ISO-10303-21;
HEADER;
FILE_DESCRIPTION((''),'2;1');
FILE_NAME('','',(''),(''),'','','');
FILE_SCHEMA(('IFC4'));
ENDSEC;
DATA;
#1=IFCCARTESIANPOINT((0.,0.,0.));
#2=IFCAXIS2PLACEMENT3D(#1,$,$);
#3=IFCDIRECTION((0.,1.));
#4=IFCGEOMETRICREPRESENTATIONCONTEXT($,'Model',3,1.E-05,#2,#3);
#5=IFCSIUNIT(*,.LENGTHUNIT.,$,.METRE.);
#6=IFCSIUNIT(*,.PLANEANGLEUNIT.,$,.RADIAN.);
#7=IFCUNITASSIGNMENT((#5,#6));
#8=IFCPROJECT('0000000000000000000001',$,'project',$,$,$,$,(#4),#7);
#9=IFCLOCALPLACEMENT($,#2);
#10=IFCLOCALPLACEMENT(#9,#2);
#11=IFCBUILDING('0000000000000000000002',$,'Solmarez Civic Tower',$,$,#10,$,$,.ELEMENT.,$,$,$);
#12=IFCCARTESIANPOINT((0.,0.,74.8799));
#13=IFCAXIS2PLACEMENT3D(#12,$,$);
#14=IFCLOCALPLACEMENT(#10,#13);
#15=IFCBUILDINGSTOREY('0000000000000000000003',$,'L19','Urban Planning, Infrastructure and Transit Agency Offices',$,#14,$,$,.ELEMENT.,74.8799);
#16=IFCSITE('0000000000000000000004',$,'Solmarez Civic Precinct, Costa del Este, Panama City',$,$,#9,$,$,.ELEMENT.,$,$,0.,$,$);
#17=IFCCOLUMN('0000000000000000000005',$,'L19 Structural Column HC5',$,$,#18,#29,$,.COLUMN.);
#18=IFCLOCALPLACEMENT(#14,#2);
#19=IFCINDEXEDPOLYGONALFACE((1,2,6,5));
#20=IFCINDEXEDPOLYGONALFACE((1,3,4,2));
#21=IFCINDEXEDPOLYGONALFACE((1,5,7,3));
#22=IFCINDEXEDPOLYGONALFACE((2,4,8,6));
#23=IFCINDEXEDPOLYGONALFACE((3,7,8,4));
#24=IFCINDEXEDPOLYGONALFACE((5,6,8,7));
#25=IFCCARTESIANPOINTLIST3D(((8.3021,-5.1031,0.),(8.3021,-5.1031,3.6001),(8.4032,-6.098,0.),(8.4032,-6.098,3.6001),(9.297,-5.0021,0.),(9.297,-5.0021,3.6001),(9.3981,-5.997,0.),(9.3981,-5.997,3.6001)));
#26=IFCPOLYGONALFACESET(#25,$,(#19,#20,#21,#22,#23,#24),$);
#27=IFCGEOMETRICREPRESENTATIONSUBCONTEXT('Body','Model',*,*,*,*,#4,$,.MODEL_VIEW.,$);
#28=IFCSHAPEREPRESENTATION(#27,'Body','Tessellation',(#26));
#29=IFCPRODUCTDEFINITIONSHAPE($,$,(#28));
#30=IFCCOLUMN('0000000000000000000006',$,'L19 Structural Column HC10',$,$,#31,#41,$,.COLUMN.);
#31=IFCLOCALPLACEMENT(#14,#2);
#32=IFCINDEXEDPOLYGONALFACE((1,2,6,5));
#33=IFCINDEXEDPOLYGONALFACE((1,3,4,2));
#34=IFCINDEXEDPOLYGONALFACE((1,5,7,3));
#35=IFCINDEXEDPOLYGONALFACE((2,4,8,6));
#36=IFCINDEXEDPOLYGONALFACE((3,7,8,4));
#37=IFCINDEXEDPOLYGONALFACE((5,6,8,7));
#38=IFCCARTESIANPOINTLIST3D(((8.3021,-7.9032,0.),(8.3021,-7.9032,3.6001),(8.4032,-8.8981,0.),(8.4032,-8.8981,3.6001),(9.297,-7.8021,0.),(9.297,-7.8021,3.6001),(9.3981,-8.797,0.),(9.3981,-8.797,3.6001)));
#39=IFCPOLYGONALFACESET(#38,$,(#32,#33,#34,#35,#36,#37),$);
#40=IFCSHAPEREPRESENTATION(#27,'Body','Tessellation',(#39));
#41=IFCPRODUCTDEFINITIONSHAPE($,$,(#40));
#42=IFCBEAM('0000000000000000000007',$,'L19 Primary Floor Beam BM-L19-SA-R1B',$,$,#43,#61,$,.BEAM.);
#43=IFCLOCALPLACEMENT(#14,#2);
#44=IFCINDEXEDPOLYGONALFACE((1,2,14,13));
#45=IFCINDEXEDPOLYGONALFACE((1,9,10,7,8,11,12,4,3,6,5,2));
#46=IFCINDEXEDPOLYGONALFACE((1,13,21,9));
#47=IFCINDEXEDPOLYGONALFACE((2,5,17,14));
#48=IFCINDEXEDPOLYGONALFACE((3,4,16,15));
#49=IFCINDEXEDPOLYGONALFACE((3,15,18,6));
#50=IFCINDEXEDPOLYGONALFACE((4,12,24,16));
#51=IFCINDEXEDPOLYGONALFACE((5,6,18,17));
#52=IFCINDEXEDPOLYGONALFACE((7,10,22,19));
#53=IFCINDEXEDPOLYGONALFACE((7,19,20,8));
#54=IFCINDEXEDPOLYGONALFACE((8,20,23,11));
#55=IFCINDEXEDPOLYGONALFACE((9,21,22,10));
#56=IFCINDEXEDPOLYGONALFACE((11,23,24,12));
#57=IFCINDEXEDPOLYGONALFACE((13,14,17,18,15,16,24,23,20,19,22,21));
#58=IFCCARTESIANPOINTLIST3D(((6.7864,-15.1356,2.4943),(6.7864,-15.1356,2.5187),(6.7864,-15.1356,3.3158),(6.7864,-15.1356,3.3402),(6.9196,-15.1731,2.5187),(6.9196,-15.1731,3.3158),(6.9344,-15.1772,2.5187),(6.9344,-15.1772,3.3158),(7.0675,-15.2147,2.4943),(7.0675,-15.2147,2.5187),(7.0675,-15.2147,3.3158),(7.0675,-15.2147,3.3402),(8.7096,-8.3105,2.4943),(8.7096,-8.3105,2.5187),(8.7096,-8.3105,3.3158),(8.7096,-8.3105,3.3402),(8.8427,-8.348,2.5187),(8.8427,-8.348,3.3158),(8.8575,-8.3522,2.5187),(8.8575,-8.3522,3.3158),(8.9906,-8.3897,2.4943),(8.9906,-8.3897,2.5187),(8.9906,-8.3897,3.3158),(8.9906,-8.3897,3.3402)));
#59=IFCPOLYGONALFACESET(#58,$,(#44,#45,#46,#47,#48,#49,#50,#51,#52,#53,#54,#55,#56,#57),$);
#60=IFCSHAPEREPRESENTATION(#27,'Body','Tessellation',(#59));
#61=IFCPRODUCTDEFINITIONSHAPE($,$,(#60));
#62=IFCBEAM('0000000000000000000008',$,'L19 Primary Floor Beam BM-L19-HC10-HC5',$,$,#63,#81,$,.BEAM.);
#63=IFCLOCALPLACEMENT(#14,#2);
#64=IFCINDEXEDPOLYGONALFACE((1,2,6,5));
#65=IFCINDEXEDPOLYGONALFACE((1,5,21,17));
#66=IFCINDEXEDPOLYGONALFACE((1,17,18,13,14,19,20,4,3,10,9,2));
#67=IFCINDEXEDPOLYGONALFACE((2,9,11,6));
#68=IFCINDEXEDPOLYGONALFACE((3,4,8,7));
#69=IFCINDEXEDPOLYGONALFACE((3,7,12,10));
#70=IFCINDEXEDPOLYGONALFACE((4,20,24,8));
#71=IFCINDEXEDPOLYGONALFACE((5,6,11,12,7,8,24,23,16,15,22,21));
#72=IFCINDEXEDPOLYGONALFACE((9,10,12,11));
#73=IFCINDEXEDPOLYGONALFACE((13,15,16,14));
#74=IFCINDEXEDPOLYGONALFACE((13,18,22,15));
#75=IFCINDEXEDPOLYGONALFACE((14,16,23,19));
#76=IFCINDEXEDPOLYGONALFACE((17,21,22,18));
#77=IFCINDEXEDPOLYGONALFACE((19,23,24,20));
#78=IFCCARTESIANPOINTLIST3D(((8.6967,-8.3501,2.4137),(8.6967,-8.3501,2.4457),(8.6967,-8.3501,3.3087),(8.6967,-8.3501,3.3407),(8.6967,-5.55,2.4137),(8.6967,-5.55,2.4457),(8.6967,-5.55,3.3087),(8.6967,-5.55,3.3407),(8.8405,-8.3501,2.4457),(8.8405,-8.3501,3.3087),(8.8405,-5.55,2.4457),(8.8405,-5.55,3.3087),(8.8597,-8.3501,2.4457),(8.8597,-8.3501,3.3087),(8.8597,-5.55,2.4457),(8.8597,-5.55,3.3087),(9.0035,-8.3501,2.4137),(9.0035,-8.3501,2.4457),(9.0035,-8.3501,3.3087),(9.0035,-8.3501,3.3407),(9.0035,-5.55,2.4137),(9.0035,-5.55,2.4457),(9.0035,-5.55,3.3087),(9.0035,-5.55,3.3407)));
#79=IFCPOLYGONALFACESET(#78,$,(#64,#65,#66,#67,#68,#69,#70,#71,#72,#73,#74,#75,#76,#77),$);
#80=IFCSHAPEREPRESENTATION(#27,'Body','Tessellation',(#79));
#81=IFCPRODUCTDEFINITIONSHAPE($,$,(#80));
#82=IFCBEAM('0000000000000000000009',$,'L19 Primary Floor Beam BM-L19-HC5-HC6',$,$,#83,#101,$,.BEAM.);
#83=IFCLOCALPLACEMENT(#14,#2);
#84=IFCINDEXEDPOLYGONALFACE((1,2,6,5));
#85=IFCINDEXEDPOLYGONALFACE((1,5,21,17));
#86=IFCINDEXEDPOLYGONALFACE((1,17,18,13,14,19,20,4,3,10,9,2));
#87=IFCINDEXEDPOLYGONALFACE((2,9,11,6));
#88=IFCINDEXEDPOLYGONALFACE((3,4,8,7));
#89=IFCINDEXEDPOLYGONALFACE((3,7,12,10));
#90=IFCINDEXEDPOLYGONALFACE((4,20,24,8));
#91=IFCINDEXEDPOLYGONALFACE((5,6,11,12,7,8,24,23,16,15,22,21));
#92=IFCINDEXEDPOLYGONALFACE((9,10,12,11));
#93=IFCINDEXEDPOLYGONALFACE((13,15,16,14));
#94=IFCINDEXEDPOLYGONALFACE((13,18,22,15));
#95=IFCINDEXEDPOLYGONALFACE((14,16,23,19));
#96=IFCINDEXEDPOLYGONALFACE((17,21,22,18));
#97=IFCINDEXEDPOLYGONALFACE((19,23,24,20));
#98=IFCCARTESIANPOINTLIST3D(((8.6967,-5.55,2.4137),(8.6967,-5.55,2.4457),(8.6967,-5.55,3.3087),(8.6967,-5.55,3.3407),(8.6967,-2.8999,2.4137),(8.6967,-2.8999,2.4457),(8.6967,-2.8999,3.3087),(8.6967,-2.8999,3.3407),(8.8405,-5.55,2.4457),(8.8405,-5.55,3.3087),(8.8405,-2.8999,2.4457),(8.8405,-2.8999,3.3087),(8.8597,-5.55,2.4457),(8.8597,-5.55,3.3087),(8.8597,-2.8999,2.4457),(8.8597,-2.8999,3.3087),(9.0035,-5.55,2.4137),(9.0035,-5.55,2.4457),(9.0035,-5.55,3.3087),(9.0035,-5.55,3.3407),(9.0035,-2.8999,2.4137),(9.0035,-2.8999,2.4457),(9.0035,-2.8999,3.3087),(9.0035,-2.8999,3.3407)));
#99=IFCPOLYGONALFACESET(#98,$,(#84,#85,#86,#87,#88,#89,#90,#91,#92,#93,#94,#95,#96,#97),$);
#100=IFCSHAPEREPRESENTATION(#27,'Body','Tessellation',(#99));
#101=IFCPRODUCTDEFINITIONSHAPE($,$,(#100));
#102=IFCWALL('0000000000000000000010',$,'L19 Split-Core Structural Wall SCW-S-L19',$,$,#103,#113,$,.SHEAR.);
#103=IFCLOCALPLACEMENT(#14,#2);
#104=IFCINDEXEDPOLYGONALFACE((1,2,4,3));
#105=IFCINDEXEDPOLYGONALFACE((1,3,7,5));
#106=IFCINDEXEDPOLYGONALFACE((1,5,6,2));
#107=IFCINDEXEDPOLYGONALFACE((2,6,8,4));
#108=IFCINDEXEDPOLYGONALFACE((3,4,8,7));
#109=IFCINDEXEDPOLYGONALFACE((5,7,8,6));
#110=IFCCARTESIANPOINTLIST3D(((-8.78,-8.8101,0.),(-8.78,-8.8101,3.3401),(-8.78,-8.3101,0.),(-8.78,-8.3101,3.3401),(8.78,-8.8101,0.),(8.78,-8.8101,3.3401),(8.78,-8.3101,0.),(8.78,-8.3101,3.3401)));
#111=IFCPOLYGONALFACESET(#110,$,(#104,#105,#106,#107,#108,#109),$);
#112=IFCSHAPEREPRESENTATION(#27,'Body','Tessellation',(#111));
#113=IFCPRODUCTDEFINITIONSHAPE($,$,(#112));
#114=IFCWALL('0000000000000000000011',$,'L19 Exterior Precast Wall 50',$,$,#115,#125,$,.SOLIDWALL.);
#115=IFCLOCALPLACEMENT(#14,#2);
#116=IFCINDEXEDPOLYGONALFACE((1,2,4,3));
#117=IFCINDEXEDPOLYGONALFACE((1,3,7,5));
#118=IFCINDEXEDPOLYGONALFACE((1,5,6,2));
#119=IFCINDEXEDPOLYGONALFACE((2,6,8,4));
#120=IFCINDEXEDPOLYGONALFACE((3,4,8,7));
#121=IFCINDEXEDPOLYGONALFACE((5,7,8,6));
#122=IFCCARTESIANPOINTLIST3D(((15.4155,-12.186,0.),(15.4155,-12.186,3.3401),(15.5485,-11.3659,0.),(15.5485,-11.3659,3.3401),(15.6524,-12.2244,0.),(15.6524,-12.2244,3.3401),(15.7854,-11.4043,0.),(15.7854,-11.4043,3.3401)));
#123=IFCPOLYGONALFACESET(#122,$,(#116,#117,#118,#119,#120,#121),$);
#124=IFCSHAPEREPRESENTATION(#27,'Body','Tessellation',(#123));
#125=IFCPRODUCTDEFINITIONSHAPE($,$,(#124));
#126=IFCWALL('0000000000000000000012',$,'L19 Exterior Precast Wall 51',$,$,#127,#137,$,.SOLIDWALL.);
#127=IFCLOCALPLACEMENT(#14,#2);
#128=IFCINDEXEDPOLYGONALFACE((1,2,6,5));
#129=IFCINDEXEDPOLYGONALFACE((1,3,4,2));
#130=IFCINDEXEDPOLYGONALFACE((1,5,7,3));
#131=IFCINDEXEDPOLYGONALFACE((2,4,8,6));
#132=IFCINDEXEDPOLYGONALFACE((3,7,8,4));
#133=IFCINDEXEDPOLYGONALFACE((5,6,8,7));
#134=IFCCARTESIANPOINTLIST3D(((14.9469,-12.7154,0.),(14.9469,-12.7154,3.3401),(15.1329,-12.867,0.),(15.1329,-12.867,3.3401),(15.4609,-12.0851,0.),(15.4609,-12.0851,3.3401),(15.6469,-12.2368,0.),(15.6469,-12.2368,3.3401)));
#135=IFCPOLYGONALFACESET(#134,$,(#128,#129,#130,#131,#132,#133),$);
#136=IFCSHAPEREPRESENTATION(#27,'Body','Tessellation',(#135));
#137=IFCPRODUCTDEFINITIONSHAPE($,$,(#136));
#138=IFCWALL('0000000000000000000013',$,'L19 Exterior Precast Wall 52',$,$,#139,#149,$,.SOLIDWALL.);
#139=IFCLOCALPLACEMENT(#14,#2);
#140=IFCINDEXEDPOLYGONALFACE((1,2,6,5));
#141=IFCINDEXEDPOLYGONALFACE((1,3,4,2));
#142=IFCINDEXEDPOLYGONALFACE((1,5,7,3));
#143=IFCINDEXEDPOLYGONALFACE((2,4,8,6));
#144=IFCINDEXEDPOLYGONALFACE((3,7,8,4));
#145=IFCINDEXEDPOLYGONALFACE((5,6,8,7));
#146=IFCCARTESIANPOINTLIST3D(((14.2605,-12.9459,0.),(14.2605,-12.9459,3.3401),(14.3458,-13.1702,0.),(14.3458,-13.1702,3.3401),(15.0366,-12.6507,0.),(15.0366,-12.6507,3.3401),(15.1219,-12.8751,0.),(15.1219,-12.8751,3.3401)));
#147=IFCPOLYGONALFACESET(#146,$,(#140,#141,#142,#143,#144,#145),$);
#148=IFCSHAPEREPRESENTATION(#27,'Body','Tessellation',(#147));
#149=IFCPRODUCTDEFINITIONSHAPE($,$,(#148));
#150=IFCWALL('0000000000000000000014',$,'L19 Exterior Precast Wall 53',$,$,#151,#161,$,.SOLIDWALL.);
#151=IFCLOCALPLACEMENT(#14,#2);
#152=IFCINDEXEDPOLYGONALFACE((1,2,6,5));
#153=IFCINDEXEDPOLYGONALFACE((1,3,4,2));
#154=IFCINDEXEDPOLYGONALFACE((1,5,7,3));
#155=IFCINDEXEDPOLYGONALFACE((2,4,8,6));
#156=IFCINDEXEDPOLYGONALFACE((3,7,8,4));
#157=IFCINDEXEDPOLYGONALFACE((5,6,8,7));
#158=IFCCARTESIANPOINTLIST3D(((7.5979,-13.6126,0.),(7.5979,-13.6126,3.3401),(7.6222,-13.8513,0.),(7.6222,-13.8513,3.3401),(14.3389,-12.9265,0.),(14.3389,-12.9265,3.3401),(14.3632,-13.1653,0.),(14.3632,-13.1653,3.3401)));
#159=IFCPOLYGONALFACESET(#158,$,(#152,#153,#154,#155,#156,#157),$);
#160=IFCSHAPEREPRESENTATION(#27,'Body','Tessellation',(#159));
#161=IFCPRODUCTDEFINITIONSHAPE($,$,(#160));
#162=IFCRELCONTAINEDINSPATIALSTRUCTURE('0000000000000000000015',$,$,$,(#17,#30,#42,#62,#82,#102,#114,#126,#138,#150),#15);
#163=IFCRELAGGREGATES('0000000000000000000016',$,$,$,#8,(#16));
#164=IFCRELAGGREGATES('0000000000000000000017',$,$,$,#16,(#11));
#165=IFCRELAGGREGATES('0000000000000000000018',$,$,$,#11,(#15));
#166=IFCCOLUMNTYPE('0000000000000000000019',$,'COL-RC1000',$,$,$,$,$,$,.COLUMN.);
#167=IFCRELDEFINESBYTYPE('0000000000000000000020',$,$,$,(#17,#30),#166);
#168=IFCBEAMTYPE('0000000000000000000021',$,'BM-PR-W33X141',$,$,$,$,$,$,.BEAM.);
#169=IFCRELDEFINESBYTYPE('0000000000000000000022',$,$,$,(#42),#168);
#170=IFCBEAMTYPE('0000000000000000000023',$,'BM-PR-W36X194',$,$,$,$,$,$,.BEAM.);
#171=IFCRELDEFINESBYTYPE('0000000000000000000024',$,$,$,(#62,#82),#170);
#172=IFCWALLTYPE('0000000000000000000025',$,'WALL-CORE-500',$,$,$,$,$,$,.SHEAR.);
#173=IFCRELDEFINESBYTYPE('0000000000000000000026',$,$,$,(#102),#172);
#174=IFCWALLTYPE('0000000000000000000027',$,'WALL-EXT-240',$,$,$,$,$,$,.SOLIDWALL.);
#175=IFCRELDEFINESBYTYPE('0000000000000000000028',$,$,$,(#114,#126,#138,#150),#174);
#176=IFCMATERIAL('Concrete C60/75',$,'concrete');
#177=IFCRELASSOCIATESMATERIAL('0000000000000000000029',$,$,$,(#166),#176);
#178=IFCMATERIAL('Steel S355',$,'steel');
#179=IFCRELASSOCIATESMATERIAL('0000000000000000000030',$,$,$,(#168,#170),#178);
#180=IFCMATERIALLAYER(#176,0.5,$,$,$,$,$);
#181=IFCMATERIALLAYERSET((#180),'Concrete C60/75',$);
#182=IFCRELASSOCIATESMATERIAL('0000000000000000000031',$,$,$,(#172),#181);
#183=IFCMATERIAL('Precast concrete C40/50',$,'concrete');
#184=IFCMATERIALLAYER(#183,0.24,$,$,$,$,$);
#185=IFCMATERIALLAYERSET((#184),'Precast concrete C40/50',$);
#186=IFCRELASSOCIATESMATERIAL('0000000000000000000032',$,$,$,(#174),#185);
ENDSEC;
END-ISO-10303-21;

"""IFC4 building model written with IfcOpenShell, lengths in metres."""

from ifc_helpers import new_model, si_unit, direction, frame, frame_2d, origin, origin_2d, place, context, subcontext, project, spatial, rectangle, i_section, extrude, material, layer, layer_set, material_profile, profile_set, type_object, element, save


model = new_model("IFC4")

# Units and contexts
model_context = context("Model", 3, precision=1e-05, world=origin(), true_north=direction((0.0, 1.0)))
body_context = subcontext(model_context, "Body", "Model", "MODEL_VIEW")
ifc_project = project(units=[si_unit("LENGTHUNIT", "METRE"), si_unit("PLANEANGLEUNIT", "RADIAN")], contexts=[model_context])

# Site, building, storey
site_placement = place(None, origin())
site = spatial("IfcSite", under=ifc_project, at=site_placement, Name="Solmarez Civic Precinct, Costa del Este, Panama City", CompositionType="ELEMENT", RefElevation=0.0)
building_placement = place(site_placement, origin())
building = spatial("IfcBuilding", under=site, at=building_placement, Name="Solmarez Civic Tower", CompositionType="ELEMENT")
storey_placement = place(building_placement, frame((0.0, 0.0, 74.8799)))
storey = spatial("IfcBuildingStorey", under=building, at=storey_placement, Name="L19", Description="Urban Planning, Infrastructure and Transit Agency Offices", CompositionType="ELEMENT", Elevation=74.8799)

# Columns
ifc_material_1 = material(Name="Concrete C60/75", Category="concrete")
ifc_material_profile_1 = material_profile(ifc_material_1, rectangle(XDim=1.0, YDim=1.0, at=origin_2d()), Name="RC1000X1000")
ifc_profile_set_1 = profile_set([ifc_material_profile_1], Name="Concrete C60/75")
column_type = type_object("IfcColumnType", Name="COL-RC1000", PredefinedType="COLUMN", material=ifc_profile_set_1)
for number, where, z_axis, x_axis, name in (
    (1, (8.8501, -5.55, 0.0), (0.0, 0.0, 1.0), (0.994881, 0.101056, 0.0), "L19 Structural Column HC5"),
    (2, (8.8501, -8.3501, 0.0), (0.0, 0.0, 1.0), (0.994881, 0.101056, 0.0), "L19 Structural Column HC10"),
):
    element("IfcColumn", number, at=place(storey_placement, frame(where, z_axis=z_axis, x_axis=x_axis)), inside=storey, type_object=column_type, Name=name, PredefinedType="COLUMN", context=body_context, shape_type="SweptSolid", body=[
        extrude(rectangle(XDim=1.0, YDim=1.0, at=origin_2d()), origin(), (0.0, 0.0, 1.0), 3.6001),
    ])

# Beams
ifc_material_2 = material(Name="Steel S355", Category="steel")
ifc_material_profile_2 = material_profile(ifc_material_2, i_section(OverallWidth=0.292, OverallDepth=0.8459, WebThickness=0.0154, FlangeThickness=0.0244, at=origin_2d()), Name="W33X141")
ifc_profile_set_2 = profile_set([ifc_material_profile_2], Name="Steel S355")
beam_type_1 = type_object("IfcBeamType", Name="BM-PR-W33X141", PredefinedType="BEAM", material=ifc_profile_set_2)
beam_1_placement = place(storey_placement, frame((8.8501, -8.3501, 2.9172), z_axis=(-0.271213, -0.962519, 0.0), x_axis=(0.962519, -0.271213, 0.0)))
element("IfcBeam", 3, at=beam_1_placement, inside=storey, type_object=beam_type_1, Name="L19 Primary Floor Beam BM-L19-SA-R1B", PredefinedType="BEAM", context=body_context, shape_type="SweptSolid", body=[
    extrude(i_section(OverallWidth=0.292, OverallDepth=0.8459, WebThickness=0.0154, FlangeThickness=0.0244, at=origin_2d()), origin(), (0.0, 0.0, 1.0), 7.0908),
])
ifc_material_profile_3 = material_profile(ifc_material_2, i_section(OverallWidth=0.3069, OverallDepth=0.927, WebThickness=0.0193, FlangeThickness=0.032, at=origin_2d()), Name="W36X194")
ifc_profile_set_3 = profile_set([ifc_material_profile_3], Name="Steel S355")
beam_type_2 = type_object("IfcBeamType", Name="BM-PR-W36X194", PredefinedType="BEAM", material=ifc_profile_set_3)
beam_2_placement = place(storey_placement, frame((8.8501, -8.3501, 2.8772), z_axis=(0.0, 1.0, 0.0), x_axis=(-1.0, 0.0, 0.0)))
element("IfcBeam", 4, at=beam_2_placement, inside=storey, type_object=beam_type_2, Name="L19 Primary Floor Beam BM-L19-HC10-HC5", PredefinedType="BEAM", context=body_context, shape_type="SweptSolid", body=[
    extrude(i_section(OverallWidth=0.3069, OverallDepth=0.927, WebThickness=0.0193, FlangeThickness=0.032, at=origin_2d()), origin(), (0.0, 0.0, 1.0), 2.8),
])
beam_3_placement = place(storey_placement, frame((8.8501, -5.55, 2.8772), z_axis=(0.0, 1.0, 0.0), x_axis=(-1.0, 0.0, 0.0)))
element("IfcBeam", 5, at=beam_3_placement, inside=storey, type_object=beam_type_2, Name="L19 Primary Floor Beam BM-L19-HC5-HC6", PredefinedType="BEAM", context=body_context, shape_type="SweptSolid", body=[
    extrude(i_section(OverallWidth=0.3069, OverallDepth=0.927, WebThickness=0.0193, FlangeThickness=0.032, at=origin_2d()), origin(), (0.0, 0.0, 1.0), 2.6501),
])

# Walls
ifc_layer_1 = layer(ifc_material_1, 0.5)
ifc_layer_set_1 = layer_set([ifc_layer_1], Name="Concrete C60/75")
wall_type_1 = type_object("IfcWallType", Name="WALL-CORE-500", PredefinedType="SHEAR", material=ifc_layer_set_1)
wall_1_placement = place(storey_placement, frame((8.78, -8.5601, 0.0), z_axis=(0.0, 0.0, 1.0), x_axis=(-1.0, 0.0, 0.0)))
element("IfcWall", 6, at=wall_1_placement, inside=storey, type_object=wall_type_1, Name="L19 Split-Core Structural Wall SCW-S-L19", PredefinedType="SHEAR", context=body_context, shape_type="SweptSolid", body=[
    extrude(rectangle(XDim=17.5601, YDim=0.5, at=frame_2d((8.78, 0.0))), origin(), (0.0, 0.0, 1.0), 3.3401),
])
ifc_material_3 = material(Name="Precast concrete C40/50", Category="concrete")
ifc_layer_2 = layer(ifc_material_3, 0.24)
ifc_layer_set_2 = layer_set([ifc_layer_2], Name="Precast concrete C40/50")
wall_type_2 = type_object("IfcWallType", Name="WALL-EXT-240", PredefinedType="SOLIDWALL", material=ifc_layer_set_2)
wall_2_placement = place(storey_placement, frame((15.667, -11.385, 0.0), z_axis=(0.0, 0.0, 1.0), x_axis=(-0.160156, -0.987092, 0.0)))
element("IfcWall", 7, at=wall_2_placement, inside=storey, type_object=wall_type_2, Name="L19 Exterior Precast Wall 50", PredefinedType="SOLIDWALL", context=body_context, shape_type="SweptSolid", body=[
    extrude(rectangle(XDim=0.8308, YDim=0.24, at=frame_2d((0.4155, 0.0))), origin(), (0.0, 0.0, 1.0), 3.3401),
])
wall_3_placement = place(storey_placement, frame((15.554, -12.1609, 0.0), z_axis=(0.0, 0.0, 1.0), x_axis=(-0.632027, -0.774946, 0.0)))
element("IfcWall", 8, at=wall_3_placement, inside=storey, type_object=wall_type_2, Name="L19 Exterior Precast Wall 51", PredefinedType="SOLIDWALL", context=body_context, shape_type="SweptSolid", body=[
    extrude(rectangle(XDim=0.8132, YDim=0.24, at=frame_2d((0.4067, 0.0))), origin(), (0.0, 0.0, 1.0), 3.3401),
])
wall_4_placement = place(storey_placement, frame((15.0791, -12.7629, 0.0), z_axis=(0.0, 0.0, 1.0), x_axis=(-0.934688, -0.35547, 0.0)))
element("IfcWall", 9, at=wall_4_placement, inside=storey, type_object=wall_type_2, Name="L19 Exterior Precast Wall 52", PredefinedType="SOLIDWALL", context=body_context, shape_type="SweptSolid", body=[
    extrude(rectangle(XDim=0.8303, YDim=0.24, at=frame_2d((0.415, 0.0))), origin(), (0.0, 0.0, 1.0), 3.3401),
])
wall_5_placement = place(storey_placement, frame((14.3511, -13.0459, 0.0), z_axis=(0.0, 0.0, 1.0), x_axis=(-0.994861, -0.101248, 0.0)))
element("IfcWall", 10, at=wall_5_placement, inside=storey, type_object=wall_type_2, Name="L19 Exterior Precast Wall 53", PredefinedType="SOLIDWALL", context=body_context, shape_type="SweptSolid", body=[
    extrude(rectangle(XDim=6.7759, YDim=0.24, at=frame_2d((3.3879, 0.0))), origin(), (0.0, 0.0, 1.0), 3.3401),
])

save(model, "model.ifc")
